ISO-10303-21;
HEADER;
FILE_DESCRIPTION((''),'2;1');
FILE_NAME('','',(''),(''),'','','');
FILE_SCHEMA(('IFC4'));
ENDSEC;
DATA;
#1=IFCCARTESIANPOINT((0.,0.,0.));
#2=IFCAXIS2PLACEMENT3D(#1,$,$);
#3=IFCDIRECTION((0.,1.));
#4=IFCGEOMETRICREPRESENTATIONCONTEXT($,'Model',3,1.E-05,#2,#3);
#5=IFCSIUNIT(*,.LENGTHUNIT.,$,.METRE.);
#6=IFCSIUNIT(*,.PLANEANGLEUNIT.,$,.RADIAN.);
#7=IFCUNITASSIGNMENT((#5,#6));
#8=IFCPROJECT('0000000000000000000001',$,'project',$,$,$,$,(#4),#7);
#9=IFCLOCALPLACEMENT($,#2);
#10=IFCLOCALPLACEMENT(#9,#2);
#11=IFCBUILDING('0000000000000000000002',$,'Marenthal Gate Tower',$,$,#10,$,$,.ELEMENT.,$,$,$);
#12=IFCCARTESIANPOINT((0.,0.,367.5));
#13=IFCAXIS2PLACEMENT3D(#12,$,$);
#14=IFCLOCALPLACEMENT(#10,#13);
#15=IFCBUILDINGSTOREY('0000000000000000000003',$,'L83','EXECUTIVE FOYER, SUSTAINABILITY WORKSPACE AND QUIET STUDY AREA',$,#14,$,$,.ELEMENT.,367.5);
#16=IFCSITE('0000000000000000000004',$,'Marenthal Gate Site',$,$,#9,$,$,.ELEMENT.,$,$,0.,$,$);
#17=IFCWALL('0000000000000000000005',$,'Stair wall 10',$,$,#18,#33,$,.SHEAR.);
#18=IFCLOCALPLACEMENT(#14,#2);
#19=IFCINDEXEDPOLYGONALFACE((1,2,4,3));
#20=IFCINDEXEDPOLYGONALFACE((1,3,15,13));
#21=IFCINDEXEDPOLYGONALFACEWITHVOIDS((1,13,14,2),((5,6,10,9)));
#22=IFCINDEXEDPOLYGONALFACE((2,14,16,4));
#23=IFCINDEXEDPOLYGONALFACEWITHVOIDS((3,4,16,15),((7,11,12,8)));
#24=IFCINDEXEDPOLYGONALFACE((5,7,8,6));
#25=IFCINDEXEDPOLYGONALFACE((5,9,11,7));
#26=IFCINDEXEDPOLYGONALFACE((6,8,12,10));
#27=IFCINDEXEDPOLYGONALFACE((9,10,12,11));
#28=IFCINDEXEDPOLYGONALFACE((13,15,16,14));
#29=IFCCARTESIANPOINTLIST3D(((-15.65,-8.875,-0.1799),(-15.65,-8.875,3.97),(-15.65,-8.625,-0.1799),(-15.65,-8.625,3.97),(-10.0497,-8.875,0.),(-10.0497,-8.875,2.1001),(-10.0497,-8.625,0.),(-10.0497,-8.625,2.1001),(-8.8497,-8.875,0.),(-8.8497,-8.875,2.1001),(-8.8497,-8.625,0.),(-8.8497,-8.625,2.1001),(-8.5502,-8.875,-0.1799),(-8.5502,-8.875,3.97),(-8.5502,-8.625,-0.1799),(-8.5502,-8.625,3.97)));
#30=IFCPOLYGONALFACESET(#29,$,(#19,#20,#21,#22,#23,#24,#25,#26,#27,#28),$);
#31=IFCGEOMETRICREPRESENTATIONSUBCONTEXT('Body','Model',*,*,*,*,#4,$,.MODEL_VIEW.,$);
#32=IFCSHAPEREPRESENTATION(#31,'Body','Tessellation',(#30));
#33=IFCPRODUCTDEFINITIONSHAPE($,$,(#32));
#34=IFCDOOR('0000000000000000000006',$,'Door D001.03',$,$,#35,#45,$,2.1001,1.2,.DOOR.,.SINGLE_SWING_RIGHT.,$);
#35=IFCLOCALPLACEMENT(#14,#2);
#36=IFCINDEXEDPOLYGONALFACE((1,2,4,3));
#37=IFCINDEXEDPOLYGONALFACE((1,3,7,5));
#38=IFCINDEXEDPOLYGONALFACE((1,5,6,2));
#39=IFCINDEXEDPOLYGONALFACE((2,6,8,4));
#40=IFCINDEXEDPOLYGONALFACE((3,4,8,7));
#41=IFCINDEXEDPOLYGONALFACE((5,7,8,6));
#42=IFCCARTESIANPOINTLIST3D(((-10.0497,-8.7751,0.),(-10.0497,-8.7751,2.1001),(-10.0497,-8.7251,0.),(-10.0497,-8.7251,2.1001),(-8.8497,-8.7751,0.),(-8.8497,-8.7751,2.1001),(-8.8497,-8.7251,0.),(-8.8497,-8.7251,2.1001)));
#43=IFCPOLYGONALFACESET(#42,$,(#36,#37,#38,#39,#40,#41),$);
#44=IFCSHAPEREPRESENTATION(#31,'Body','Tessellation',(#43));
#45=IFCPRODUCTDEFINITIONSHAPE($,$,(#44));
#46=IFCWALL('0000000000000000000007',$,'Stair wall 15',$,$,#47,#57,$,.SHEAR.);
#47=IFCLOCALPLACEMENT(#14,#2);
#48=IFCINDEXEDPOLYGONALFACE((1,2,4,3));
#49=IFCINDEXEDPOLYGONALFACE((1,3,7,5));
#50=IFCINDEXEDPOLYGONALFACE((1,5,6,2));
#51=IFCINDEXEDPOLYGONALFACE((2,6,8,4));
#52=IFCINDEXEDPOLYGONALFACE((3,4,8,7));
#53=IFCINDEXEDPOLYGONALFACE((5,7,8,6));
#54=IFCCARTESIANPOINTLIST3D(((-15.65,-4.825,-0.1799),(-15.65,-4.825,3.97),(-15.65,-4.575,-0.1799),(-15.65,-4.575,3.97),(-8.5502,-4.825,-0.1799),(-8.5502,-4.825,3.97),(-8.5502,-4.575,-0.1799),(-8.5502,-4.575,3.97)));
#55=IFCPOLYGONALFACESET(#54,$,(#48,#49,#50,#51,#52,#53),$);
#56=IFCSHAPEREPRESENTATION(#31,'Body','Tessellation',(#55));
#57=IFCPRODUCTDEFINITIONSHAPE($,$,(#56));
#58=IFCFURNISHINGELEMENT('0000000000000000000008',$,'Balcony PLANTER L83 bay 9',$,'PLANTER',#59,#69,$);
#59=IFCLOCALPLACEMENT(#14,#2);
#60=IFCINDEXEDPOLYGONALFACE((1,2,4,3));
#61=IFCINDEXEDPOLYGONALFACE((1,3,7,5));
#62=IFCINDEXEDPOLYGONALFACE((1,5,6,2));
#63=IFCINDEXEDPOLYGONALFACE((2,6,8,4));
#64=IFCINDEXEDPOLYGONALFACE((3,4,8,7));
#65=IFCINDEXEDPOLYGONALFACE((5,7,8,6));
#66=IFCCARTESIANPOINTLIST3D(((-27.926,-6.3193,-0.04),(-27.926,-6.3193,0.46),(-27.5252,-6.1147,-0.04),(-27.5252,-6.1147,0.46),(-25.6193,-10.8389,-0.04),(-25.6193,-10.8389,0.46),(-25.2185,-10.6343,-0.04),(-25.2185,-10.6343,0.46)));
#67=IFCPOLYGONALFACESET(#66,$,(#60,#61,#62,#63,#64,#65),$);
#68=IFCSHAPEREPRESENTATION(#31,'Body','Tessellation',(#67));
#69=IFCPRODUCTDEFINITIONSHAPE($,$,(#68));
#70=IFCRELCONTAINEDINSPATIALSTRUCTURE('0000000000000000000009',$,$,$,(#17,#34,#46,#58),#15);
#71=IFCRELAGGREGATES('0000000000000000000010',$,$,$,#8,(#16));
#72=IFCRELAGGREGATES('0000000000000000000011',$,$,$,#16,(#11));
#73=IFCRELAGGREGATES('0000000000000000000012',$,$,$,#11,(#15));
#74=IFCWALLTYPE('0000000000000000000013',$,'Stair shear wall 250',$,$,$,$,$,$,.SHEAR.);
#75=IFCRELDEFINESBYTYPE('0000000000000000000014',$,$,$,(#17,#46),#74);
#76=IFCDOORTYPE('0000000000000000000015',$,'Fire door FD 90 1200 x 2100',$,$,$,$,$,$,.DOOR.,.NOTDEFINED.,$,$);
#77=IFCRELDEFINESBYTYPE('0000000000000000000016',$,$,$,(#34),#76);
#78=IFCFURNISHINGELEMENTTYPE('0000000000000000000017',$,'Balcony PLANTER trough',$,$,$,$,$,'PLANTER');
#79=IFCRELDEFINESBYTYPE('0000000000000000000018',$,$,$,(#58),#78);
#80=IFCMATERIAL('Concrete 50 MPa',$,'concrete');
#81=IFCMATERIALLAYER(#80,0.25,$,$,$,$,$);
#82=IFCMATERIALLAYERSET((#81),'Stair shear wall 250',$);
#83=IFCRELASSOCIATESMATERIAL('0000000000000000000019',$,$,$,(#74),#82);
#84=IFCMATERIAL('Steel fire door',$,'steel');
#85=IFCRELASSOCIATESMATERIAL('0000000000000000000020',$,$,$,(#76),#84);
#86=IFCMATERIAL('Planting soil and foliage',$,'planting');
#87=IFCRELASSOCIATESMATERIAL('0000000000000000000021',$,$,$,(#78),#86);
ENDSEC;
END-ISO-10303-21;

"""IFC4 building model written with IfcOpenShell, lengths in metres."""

from ifc_helpers import new_model, si_unit, direction, frame, frame_2d, origin, origin_2d, place, context, subcontext, project, spatial, rectangle, extrude, material, layer, layer_set, type_object, element, fill, save


model = new_model("IFC4")

# Units and contexts
model_context = context("Model", 3, precision=1e-05, world=origin(), true_north=direction((0.0, 1.0)))
body_context = subcontext(model_context, "Body", "Model", "MODEL_VIEW")
ifc_project = project(units=[si_unit("LENGTHUNIT", "METRE"), si_unit("PLANEANGLEUNIT", "RADIAN")], contexts=[model_context])

# Site, building, storey
site_placement = place(None, origin())
site = spatial("IfcSite", under=ifc_project, at=site_placement, Name="Marenthal Gate Site", CompositionType="ELEMENT", RefElevation=0.0)
building_placement = place(site_placement, origin())
building = spatial("IfcBuilding", under=site, at=building_placement, Name="Marenthal Gate Tower", CompositionType="ELEMENT")
storey_placement = place(building_placement, frame((0.0, 0.0, 367.5)))
storey = spatial("IfcBuildingStorey", under=building, at=storey_placement, Name="L83", Description="EXECUTIVE FOYER, SUSTAINABILITY WORKSPACE AND QUIET STUDY AREA", CompositionType="ELEMENT", Elevation=367.5)

# Wall, opening, door
ifc_material_1 = material(Name="Concrete 50 MPa", Category="concrete")
ifc_layer_1 = layer(ifc_material_1, 0.25)
ifc_layer_set_1 = layer_set([ifc_layer_1], Name="Stair shear wall 250")
wall_type_1 = type_object("IfcWallType", Name="Stair shear wall 250", PredefinedType="SHEAR", material=ifc_layer_set_1)
wall_1_placement = place(storey_placement, frame((-15.6499, -8.75, -0.1799), z_axis=(0.0, 0.0, 1.0), x_axis=(1.0, 0.0, 0.0)))
wall_1 = element("IfcWall", 1, at=wall_1_placement, inside=storey, type_object=wall_type_1, Name="Stair wall 10", PredefinedType="SHEAR", context=body_context, shape_type="SweptSolid", body=[
    extrude(rectangle(XDim=7.0999, YDim=0.25, at=frame_2d((3.5498, 0.0))), origin(), (0.0, 0.0, 1.0), 4.1499),
])
opening_1_placement = place(wall_1_placement, frame((5.6001, 0.0, 0.1799)))
opening_1 = element("IfcOpeningElement", 2, at=opening_1_placement, cuts=wall_1, PredefinedType="OPENING", context=body_context, shape_type="SweptSolid", body=[
    extrude(rectangle(XDim=1.2, YDim=2.1001, at=frame_2d((0.6001, 1.05))), frame((0.0, 0.135, 0.0), z_axis=(0.0, -1.0, 0.0), x_axis=(1.0, 0.0, 0.0)), (0.0, 0.0, 1.0), 0.27),
])
ifc_material_2 = material(Name="Steel fire door", Category="steel")
door_type_1 = type_object("IfcDoorType", Name="Fire door FD 90 1200 x 2100", OperationType="NOTDEFINED", PredefinedType="DOOR", material=ifc_material_2)
door_1_placement = place(opening_1_placement, origin())
door_1 = element("IfcDoor", 3, at=door_1_placement, inside=storey, type_object=door_type_1, Name="Door D001.03", OperationType="SINGLE_SWING_RIGHT", OverallHeight=2.1001, OverallWidth=1.2, PredefinedType="DOOR", context=body_context, shape_type="SweptSolid", body=[
    extrude(rectangle(XDim=1.2, YDim=2.1001, at=frame_2d((0.6001, 1.05))), frame((0.0, 0.0249, 0.0), z_axis=(0.0, -1.0, 0.0), x_axis=(1.0, 0.0, 0.0)), (0.0, 0.0, 1.0), 0.05),
])
fill(opening_1, door_1)

# Wall
wall_2_placement = place(storey_placement, frame((-15.6499, -4.7, -0.1799), z_axis=(0.0, 0.0, 1.0), x_axis=(1.0, 0.0, 0.0)))
element("IfcWall", 4, at=wall_2_placement, inside=storey, type_object=wall_type_1, Name="Stair wall 15", PredefinedType="SHEAR", context=body_context, shape_type="SweptSolid", body=[
    extrude(rectangle(XDim=7.0999, YDim=0.25, at=frame_2d((3.5498, 0.0))), origin(), (0.0, 0.0, 1.0), 4.1499),
])

# Furnishing element
ifc_material_3 = material(Name="Planting soil and foliage", Category="planting")
furnishing_element_type = type_object("IfcFurnishingElementType", Name="Balcony PLANTER trough", ElementType="PLANTER", material=ifc_material_3)
furnishing_placement = place(storey_placement, frame((-26.5723, -8.4768, -0.04), z_axis=(0.0, 0.0, 1.0), x_axis=(0.454596, -0.890698, 0.0)))
element("IfcFurnishingElement", 5, at=furnishing_placement, inside=storey, type_object=furnishing_element_type, Name="Balcony PLANTER L83 bay 9", ObjectType="PLANTER", context=body_context, shape_type="SweptSolid", body=[
    extrude(rectangle(XDim=5.0742, YDim=0.45, at=origin_2d()), origin(), (0.0, 0.0, 1.0), 0.5),
])

save(model, "model.ifc")
